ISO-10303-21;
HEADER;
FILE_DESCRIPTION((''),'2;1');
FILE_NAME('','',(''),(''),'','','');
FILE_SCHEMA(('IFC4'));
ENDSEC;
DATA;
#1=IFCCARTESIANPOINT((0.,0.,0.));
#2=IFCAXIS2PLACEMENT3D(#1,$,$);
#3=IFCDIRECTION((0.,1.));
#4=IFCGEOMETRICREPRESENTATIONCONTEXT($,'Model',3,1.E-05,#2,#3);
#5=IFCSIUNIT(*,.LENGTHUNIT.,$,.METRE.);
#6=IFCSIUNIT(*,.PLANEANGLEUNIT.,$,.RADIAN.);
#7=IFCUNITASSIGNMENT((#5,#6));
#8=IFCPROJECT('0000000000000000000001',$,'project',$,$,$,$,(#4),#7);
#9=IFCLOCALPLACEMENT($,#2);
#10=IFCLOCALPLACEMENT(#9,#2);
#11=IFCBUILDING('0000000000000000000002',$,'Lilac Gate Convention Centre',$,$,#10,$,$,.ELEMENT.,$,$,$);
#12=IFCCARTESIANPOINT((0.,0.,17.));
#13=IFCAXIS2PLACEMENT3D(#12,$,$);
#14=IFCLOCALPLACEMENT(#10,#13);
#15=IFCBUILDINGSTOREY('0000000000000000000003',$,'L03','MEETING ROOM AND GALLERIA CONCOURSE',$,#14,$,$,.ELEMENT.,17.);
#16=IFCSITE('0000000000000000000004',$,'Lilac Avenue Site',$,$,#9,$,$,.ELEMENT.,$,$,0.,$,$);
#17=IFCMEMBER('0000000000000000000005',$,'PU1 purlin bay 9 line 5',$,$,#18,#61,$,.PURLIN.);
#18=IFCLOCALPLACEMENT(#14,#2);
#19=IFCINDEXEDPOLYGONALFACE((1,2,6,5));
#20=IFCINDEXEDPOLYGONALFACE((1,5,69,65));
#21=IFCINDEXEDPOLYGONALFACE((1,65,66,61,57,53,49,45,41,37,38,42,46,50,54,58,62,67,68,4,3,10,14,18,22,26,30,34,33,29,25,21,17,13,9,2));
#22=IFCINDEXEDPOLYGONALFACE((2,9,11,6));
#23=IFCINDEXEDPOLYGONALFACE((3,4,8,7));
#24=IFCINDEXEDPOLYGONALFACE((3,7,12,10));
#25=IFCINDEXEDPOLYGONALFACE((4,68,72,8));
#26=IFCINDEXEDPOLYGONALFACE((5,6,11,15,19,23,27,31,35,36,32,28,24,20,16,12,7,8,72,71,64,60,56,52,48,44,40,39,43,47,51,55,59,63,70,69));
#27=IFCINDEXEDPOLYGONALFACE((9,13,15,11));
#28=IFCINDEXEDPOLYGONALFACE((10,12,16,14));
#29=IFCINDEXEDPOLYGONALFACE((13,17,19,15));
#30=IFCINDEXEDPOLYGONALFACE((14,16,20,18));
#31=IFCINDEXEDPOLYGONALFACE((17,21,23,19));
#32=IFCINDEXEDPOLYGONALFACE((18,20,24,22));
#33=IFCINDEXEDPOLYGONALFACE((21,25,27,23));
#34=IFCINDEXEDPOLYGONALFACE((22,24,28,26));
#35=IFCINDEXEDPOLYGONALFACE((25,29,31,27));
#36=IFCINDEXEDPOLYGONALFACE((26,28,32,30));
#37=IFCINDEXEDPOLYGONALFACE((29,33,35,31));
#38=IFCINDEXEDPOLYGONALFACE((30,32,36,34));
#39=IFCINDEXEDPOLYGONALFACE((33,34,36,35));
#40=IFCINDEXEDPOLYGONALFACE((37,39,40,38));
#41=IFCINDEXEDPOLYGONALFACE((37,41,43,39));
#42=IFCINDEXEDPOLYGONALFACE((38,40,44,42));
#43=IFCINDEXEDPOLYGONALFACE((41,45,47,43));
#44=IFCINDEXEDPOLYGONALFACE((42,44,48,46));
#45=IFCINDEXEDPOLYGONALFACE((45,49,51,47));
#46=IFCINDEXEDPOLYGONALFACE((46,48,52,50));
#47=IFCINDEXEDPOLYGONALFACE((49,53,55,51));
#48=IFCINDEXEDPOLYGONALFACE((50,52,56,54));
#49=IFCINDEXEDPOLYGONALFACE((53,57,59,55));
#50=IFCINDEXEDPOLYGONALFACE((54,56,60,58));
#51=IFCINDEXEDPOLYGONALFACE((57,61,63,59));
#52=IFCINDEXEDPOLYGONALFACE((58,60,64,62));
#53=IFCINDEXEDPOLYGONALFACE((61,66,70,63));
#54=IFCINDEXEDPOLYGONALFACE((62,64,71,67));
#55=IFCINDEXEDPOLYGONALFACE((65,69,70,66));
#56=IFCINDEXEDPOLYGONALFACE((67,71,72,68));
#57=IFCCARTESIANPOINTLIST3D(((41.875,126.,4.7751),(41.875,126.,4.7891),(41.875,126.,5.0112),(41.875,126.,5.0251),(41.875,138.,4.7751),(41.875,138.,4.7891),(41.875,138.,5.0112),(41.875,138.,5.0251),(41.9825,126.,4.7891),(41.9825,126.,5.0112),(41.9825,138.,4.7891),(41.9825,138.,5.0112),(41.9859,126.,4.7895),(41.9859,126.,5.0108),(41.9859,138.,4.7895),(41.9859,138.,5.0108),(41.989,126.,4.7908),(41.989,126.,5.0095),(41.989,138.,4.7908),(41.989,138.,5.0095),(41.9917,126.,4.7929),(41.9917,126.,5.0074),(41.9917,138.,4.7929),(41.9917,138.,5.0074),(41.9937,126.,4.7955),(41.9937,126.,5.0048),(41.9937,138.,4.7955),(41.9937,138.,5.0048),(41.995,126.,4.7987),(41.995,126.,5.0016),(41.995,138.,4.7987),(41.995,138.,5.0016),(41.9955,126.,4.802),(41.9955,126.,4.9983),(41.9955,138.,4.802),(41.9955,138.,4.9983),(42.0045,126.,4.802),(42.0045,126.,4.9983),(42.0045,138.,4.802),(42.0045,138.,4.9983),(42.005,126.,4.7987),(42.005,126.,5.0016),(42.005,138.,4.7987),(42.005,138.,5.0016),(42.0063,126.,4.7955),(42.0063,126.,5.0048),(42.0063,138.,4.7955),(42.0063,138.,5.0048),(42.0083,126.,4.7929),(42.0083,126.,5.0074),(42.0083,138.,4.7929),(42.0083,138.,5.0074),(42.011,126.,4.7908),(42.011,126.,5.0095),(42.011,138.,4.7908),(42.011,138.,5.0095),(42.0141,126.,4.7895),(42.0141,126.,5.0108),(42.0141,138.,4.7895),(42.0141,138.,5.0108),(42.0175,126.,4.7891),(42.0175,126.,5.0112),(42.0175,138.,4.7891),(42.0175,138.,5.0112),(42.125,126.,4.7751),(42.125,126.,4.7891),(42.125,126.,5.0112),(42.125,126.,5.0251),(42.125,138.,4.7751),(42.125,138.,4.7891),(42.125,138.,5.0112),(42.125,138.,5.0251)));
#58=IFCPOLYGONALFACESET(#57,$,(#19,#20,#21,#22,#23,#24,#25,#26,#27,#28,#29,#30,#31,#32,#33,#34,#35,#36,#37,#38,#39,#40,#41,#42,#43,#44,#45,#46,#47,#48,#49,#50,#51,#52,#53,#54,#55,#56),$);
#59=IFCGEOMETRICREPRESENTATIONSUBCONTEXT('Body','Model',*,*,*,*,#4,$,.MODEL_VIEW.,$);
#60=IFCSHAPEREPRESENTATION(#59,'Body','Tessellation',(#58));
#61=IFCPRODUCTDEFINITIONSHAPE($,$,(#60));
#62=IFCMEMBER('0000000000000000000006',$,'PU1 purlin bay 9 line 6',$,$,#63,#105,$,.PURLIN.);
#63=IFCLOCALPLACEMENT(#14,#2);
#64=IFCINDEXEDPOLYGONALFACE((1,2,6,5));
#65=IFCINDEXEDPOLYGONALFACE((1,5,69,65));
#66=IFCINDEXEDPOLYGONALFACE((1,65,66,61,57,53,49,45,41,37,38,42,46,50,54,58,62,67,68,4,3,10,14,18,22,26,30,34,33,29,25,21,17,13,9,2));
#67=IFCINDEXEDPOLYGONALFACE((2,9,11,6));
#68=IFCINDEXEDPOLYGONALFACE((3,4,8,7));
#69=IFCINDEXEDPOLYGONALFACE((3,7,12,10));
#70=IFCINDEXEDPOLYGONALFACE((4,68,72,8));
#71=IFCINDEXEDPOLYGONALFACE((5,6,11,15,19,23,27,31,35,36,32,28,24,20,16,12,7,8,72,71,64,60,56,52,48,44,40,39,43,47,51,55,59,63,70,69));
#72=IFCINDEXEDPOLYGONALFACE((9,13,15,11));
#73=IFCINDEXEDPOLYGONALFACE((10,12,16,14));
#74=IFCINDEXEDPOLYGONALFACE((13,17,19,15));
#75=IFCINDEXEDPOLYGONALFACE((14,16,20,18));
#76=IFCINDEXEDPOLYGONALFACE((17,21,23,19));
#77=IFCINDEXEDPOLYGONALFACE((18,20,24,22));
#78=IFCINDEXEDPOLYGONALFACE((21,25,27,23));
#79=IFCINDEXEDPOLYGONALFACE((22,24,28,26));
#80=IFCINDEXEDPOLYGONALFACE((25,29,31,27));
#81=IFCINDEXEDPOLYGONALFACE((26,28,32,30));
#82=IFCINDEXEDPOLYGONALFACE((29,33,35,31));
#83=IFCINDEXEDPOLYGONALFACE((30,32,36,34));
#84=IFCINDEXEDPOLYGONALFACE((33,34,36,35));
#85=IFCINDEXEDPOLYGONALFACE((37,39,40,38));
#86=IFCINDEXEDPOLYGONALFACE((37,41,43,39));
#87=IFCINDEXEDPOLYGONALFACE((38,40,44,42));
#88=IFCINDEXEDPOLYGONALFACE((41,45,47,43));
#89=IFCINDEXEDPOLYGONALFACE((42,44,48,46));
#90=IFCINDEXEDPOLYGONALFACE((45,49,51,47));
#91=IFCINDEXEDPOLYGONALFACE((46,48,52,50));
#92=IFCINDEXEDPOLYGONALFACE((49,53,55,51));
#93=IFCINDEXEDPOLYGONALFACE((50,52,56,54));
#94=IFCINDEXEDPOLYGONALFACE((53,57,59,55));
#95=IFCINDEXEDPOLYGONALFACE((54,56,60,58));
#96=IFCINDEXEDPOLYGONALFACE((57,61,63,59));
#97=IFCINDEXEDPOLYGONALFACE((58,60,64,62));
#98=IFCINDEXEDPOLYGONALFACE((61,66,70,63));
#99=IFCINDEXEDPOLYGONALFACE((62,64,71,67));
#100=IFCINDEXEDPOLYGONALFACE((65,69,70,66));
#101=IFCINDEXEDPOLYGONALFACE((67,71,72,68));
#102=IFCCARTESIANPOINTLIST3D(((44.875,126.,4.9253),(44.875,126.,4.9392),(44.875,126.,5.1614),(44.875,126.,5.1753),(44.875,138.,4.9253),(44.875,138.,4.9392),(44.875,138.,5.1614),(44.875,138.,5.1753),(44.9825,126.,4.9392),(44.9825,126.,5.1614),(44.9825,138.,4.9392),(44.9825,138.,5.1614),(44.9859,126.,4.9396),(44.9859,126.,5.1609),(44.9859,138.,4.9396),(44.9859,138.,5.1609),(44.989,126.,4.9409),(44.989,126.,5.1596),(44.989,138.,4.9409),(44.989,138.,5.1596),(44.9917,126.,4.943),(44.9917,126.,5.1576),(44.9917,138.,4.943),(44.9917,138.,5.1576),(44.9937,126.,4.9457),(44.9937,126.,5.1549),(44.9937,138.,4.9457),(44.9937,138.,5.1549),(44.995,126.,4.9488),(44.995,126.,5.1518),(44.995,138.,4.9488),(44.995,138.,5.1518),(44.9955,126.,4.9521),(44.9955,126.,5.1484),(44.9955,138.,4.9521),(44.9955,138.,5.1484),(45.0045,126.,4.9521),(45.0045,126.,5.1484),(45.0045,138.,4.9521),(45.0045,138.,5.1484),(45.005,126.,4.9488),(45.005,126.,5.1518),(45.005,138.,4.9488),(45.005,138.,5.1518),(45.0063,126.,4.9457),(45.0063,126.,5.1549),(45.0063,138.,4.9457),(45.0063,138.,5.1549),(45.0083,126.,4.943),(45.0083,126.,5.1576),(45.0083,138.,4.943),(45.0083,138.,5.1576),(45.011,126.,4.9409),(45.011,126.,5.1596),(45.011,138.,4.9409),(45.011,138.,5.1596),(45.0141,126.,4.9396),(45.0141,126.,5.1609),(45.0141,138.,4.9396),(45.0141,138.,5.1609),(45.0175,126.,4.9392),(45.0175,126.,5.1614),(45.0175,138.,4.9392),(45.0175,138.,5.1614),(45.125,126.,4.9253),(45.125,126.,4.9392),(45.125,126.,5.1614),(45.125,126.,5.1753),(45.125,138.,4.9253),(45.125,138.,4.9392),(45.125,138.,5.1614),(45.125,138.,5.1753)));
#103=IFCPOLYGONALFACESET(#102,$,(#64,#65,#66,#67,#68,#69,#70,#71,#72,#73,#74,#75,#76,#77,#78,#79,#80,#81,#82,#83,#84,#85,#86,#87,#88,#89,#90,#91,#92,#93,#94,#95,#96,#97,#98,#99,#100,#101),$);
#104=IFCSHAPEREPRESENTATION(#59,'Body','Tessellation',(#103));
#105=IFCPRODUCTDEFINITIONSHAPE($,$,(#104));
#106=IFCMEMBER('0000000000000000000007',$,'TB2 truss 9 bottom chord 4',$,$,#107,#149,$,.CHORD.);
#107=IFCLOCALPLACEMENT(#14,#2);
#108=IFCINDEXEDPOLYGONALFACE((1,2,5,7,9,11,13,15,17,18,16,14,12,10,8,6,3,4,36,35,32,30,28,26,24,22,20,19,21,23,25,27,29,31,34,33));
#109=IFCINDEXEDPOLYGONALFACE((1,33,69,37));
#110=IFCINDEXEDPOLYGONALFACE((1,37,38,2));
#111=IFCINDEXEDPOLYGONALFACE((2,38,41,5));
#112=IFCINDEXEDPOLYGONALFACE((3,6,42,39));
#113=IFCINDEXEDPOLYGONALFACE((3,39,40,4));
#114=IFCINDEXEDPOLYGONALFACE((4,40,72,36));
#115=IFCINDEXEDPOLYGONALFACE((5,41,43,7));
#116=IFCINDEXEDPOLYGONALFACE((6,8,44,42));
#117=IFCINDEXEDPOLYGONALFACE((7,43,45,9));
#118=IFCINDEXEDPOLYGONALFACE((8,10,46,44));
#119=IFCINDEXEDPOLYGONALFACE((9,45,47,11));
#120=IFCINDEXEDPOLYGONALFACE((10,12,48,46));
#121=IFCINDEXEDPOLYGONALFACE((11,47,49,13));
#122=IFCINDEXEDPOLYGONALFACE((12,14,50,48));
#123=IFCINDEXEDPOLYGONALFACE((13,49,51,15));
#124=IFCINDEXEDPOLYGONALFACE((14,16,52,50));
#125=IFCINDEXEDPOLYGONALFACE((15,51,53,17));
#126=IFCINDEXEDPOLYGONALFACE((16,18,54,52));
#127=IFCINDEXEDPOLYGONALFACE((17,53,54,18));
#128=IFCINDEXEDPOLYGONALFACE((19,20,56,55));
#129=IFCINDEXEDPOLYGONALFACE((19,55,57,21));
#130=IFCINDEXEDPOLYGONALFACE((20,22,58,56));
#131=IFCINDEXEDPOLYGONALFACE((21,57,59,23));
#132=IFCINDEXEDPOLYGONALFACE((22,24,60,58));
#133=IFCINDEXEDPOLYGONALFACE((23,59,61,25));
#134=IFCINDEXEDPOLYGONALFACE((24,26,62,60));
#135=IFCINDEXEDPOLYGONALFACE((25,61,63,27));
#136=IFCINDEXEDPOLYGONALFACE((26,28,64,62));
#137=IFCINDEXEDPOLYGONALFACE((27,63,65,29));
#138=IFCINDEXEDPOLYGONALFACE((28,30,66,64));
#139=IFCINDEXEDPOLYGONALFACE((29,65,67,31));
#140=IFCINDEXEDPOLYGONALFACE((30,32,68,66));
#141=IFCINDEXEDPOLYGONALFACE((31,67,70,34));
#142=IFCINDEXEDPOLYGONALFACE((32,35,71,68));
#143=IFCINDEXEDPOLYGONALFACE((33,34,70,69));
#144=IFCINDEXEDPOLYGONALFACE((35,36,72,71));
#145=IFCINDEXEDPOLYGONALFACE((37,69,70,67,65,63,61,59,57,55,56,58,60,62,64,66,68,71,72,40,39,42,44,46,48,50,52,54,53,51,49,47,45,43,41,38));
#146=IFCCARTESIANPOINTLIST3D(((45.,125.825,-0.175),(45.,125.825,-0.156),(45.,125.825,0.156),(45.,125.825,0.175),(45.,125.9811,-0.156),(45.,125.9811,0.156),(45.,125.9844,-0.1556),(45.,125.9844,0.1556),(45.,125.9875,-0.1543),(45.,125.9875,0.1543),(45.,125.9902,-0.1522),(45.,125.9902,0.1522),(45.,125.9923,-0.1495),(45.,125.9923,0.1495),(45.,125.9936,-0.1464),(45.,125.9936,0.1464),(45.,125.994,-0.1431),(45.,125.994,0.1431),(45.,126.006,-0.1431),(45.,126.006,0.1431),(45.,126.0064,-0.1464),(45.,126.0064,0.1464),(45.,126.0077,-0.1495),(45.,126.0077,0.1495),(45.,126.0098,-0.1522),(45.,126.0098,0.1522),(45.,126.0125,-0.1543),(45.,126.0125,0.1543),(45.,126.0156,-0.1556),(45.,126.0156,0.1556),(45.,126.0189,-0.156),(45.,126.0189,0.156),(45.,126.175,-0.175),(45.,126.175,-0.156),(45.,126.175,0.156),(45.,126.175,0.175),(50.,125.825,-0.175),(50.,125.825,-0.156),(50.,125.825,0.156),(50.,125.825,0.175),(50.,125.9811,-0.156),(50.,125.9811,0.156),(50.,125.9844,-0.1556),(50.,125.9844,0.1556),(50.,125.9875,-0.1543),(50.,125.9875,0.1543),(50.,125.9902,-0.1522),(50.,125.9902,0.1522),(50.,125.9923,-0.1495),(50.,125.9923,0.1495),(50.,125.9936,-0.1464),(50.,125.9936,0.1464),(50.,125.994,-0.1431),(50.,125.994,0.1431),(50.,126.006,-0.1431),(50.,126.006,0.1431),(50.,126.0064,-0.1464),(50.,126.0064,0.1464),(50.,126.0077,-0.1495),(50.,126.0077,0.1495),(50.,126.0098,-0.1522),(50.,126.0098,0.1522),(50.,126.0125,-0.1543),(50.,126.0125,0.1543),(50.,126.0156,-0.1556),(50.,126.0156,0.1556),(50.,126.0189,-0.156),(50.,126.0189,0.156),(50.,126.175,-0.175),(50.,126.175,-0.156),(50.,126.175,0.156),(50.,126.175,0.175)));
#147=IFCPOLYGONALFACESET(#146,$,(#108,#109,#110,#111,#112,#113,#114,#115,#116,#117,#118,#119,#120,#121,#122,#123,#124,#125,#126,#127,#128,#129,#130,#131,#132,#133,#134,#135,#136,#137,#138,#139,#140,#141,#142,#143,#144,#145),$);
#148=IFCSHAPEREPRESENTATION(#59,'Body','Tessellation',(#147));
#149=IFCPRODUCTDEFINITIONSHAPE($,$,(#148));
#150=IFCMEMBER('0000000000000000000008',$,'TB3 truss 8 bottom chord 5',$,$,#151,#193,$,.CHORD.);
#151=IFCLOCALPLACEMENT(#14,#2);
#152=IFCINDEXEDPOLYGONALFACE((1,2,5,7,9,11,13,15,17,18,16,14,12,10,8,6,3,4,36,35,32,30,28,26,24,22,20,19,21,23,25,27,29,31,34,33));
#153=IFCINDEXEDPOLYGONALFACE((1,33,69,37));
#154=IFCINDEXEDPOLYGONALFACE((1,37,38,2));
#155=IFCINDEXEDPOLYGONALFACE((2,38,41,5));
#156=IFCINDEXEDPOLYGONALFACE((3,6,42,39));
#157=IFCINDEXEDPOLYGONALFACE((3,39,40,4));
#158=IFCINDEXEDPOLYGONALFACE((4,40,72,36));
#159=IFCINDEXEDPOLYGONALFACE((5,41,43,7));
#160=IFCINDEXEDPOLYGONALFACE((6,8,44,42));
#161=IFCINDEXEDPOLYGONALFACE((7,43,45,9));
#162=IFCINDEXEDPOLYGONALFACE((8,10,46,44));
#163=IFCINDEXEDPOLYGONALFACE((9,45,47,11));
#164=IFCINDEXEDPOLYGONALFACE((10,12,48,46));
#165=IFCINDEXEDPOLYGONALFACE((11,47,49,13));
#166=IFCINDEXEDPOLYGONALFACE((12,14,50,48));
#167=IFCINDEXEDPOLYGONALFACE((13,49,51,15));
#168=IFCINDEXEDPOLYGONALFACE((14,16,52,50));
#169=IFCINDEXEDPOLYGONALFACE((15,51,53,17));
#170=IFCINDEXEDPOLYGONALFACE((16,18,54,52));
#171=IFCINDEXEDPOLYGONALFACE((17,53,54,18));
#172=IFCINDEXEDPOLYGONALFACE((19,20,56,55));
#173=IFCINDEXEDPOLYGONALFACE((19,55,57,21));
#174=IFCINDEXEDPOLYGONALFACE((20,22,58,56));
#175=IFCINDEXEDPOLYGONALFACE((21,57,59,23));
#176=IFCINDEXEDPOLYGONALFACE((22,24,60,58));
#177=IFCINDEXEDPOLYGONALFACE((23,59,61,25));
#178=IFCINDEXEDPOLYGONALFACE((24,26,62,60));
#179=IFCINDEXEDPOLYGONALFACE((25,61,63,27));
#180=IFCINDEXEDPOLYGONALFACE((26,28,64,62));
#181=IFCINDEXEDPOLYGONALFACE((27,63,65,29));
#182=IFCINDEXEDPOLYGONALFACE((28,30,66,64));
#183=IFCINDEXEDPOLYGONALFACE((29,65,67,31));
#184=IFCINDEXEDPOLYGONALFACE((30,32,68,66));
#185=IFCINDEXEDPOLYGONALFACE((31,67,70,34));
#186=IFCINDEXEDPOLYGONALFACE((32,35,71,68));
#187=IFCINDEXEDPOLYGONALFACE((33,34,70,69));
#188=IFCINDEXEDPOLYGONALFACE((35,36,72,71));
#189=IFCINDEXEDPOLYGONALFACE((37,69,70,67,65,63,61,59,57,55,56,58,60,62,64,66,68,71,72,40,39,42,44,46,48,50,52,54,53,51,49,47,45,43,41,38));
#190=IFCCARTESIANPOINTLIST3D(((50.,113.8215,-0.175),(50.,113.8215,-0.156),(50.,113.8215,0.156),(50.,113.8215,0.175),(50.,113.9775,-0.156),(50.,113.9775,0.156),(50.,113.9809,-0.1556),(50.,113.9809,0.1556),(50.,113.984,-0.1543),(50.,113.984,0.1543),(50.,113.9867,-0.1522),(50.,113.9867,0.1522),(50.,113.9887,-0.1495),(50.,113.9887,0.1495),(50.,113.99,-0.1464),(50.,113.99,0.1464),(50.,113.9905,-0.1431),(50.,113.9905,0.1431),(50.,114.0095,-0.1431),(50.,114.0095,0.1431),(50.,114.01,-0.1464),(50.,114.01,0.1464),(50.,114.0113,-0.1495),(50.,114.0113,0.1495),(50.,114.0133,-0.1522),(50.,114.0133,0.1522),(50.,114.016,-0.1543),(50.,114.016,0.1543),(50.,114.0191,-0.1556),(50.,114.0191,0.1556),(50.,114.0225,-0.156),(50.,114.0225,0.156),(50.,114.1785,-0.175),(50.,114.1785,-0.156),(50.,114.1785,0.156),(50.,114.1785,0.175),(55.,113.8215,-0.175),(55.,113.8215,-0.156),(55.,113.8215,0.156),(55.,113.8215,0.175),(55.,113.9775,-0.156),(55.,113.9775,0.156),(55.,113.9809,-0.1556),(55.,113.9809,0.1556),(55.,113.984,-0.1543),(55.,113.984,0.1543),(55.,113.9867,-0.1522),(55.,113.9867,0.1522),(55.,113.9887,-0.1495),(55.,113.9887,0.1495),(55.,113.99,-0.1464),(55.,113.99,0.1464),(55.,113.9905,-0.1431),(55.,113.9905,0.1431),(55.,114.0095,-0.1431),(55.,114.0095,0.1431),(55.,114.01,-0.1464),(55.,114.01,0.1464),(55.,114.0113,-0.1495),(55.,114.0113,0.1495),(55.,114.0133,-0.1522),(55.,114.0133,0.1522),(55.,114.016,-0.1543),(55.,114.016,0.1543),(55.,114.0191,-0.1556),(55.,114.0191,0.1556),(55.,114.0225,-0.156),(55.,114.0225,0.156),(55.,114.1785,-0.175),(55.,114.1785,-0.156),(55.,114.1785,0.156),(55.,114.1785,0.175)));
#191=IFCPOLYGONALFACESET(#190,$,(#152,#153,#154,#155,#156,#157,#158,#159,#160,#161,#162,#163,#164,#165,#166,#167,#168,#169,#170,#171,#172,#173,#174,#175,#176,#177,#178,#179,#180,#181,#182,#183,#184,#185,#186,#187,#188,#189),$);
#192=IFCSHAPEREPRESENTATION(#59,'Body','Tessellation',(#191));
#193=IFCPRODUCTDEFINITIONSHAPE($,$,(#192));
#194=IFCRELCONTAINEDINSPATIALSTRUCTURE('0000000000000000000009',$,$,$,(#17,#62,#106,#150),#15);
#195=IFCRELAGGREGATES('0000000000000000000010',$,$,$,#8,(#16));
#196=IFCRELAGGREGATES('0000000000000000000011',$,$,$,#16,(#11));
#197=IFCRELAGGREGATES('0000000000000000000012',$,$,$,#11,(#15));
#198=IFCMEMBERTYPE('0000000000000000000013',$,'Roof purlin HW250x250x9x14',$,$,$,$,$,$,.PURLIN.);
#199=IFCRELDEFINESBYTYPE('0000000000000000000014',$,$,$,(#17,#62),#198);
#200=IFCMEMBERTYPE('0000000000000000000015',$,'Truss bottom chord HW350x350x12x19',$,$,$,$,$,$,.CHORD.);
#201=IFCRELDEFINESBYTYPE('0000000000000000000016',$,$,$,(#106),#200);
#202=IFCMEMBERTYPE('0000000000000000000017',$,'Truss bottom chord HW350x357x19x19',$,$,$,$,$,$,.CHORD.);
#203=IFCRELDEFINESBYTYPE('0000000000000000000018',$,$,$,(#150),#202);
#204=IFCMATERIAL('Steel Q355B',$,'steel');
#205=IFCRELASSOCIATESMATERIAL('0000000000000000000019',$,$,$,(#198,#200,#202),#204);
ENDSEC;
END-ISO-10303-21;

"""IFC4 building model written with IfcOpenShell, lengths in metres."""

from ifc_helpers import new_model, si_unit, direction, frame, origin, origin_2d, place, context, subcontext, project, spatial, i_section, extrude, material, material_profile, profile_set, type_object, element, save


model = new_model("IFC4")

# Units and contexts
model_context = context("Model", 3, precision=1e-05, world=origin(), true_north=direction((0.0, 1.0)))
body_context = subcontext(model_context, "Body", "Model", "MODEL_VIEW")
ifc_project = project(units=[si_unit("LENGTHUNIT", "METRE"), si_unit("PLANEANGLEUNIT", "RADIAN")], contexts=[model_context])

# Site, building, storey
site_placement = place(None, origin())
site = spatial("IfcSite", under=ifc_project, at=site_placement, Name="Lilac Avenue Site", CompositionType="ELEMENT", RefElevation=0.0)
building_placement = place(site_placement, origin())
building = spatial("IfcBuilding", under=site, at=building_placement, Name="Lilac Gate Convention Centre", CompositionType="ELEMENT")
storey_placement = place(building_placement, frame((0.0, 0.0, 17.0)))
storey = spatial("IfcBuildingStorey", under=building, at=storey_placement, Name="L03", Description="MEETING ROOM AND GALLERIA CONCOURSE", CompositionType="ELEMENT", Elevation=17.0)

# Members
ifc_material = material(Name="Steel Q355B", Category="steel")
ifc_material_profile_1 = material_profile(ifc_material, i_section(OverallWidth=0.25, OverallDepth=0.25, WebThickness=0.009, FlangeThickness=0.0139, FilletRadius=0.0129, at=origin_2d()), Name="HW250x250x9x14")
ifc_profile_set_1 = profile_set([ifc_material_profile_1], Name="Steel Q355B")
member_type_1 = type_object("IfcMemberType", Name="Roof purlin HW250x250x9x14", PredefinedType="PURLIN", material=ifc_profile_set_1)
for number, where, z_axis, x_axis, name in (
    (1, (42.0, 126.0, 4.9001), (0.0, 1.0, 0.0), (-1.0, 0.0, 0.0), "PU1 purlin bay 9 line 5"),
    (2, (45.0, 126.0, 5.0503), (0.0, 1.0, 0.0), (-1.0, 0.0, 0.0), "PU1 purlin bay 9 line 6"),
):
    element("IfcMember", number, at=place(storey_placement, frame(where, z_axis=z_axis, x_axis=x_axis)), inside=storey, type_object=member_type_1, Name=name, PredefinedType="PURLIN", context=body_context, shape_type="SweptSolid", body=[
        extrude(i_section(OverallWidth=0.25, OverallDepth=0.25, WebThickness=0.009, FlangeThickness=0.0139, FilletRadius=0.0129, at=origin_2d()), origin(), (0.0, 0.0, 1.0), 12.0),
    ])
ifc_material_profile_2 = material_profile(ifc_material, i_section(OverallWidth=0.3501, OverallDepth=0.3501, WebThickness=0.012, FlangeThickness=0.019, FilletRadius=0.0129, at=origin_2d()), Name="HW350x350x12x19")
ifc_profile_set_2 = profile_set([ifc_material_profile_2], Name="Steel Q355B")
member_type_2 = type_object("IfcMemberType", Name="Truss bottom chord HW350x350x12x19", PredefinedType="CHORD", material=ifc_profile_set_2)
member_1_placement = place(storey_placement, frame((45.0, 126.0, 0.0), z_axis=(1.0, 0.0, 0.0), x_axis=(0.0, 1.0, 0.0)))
element("IfcMember", 3, at=member_1_placement, inside=storey, type_object=member_type_2, Name="TB2 truss 9 bottom chord 4", PredefinedType="CHORD", context=body_context, shape_type="SweptSolid", body=[
    extrude(i_section(OverallWidth=0.3501, OverallDepth=0.3501, WebThickness=0.012, FlangeThickness=0.019, FilletRadius=0.0129, at=origin_2d()), origin(), (0.0, 0.0, 1.0), 5.0),
])
ifc_material_profile_3 = material_profile(ifc_material, i_section(OverallWidth=0.3569, OverallDepth=0.3501, WebThickness=0.019, FlangeThickness=0.019, FilletRadius=0.0129, at=origin_2d()), Name="HW350x357x19x19")
ifc_profile_set_3 = profile_set([ifc_material_profile_3], Name="Steel Q355B")
member_type_3 = type_object("IfcMemberType", Name="Truss bottom chord HW350x357x19x19", PredefinedType="CHORD", material=ifc_profile_set_3)
for number, where, z_axis, x_axis, name in (
    (4, (50.0, 114.0, 0.0), (1.0, 0.0, 0.0), (0.0, 1.0, 0.0), "TB3 truss 8 bottom chord 5"),
):
    element("IfcMember", number, at=place(storey_placement, frame(where, z_axis=z_axis, x_axis=x_axis)), inside=storey, type_object=member_type_3, Name=name, PredefinedType="CHORD", context=body_context, shape_type="SweptSolid", body=[
        extrude(i_section(OverallWidth=0.3569, OverallDepth=0.3501, WebThickness=0.019, FlangeThickness=0.019, FilletRadius=0.0129, at=origin_2d()), origin(), (0.0, 0.0, 1.0), 5.0),
    ])

save(model, "model.ifc")
